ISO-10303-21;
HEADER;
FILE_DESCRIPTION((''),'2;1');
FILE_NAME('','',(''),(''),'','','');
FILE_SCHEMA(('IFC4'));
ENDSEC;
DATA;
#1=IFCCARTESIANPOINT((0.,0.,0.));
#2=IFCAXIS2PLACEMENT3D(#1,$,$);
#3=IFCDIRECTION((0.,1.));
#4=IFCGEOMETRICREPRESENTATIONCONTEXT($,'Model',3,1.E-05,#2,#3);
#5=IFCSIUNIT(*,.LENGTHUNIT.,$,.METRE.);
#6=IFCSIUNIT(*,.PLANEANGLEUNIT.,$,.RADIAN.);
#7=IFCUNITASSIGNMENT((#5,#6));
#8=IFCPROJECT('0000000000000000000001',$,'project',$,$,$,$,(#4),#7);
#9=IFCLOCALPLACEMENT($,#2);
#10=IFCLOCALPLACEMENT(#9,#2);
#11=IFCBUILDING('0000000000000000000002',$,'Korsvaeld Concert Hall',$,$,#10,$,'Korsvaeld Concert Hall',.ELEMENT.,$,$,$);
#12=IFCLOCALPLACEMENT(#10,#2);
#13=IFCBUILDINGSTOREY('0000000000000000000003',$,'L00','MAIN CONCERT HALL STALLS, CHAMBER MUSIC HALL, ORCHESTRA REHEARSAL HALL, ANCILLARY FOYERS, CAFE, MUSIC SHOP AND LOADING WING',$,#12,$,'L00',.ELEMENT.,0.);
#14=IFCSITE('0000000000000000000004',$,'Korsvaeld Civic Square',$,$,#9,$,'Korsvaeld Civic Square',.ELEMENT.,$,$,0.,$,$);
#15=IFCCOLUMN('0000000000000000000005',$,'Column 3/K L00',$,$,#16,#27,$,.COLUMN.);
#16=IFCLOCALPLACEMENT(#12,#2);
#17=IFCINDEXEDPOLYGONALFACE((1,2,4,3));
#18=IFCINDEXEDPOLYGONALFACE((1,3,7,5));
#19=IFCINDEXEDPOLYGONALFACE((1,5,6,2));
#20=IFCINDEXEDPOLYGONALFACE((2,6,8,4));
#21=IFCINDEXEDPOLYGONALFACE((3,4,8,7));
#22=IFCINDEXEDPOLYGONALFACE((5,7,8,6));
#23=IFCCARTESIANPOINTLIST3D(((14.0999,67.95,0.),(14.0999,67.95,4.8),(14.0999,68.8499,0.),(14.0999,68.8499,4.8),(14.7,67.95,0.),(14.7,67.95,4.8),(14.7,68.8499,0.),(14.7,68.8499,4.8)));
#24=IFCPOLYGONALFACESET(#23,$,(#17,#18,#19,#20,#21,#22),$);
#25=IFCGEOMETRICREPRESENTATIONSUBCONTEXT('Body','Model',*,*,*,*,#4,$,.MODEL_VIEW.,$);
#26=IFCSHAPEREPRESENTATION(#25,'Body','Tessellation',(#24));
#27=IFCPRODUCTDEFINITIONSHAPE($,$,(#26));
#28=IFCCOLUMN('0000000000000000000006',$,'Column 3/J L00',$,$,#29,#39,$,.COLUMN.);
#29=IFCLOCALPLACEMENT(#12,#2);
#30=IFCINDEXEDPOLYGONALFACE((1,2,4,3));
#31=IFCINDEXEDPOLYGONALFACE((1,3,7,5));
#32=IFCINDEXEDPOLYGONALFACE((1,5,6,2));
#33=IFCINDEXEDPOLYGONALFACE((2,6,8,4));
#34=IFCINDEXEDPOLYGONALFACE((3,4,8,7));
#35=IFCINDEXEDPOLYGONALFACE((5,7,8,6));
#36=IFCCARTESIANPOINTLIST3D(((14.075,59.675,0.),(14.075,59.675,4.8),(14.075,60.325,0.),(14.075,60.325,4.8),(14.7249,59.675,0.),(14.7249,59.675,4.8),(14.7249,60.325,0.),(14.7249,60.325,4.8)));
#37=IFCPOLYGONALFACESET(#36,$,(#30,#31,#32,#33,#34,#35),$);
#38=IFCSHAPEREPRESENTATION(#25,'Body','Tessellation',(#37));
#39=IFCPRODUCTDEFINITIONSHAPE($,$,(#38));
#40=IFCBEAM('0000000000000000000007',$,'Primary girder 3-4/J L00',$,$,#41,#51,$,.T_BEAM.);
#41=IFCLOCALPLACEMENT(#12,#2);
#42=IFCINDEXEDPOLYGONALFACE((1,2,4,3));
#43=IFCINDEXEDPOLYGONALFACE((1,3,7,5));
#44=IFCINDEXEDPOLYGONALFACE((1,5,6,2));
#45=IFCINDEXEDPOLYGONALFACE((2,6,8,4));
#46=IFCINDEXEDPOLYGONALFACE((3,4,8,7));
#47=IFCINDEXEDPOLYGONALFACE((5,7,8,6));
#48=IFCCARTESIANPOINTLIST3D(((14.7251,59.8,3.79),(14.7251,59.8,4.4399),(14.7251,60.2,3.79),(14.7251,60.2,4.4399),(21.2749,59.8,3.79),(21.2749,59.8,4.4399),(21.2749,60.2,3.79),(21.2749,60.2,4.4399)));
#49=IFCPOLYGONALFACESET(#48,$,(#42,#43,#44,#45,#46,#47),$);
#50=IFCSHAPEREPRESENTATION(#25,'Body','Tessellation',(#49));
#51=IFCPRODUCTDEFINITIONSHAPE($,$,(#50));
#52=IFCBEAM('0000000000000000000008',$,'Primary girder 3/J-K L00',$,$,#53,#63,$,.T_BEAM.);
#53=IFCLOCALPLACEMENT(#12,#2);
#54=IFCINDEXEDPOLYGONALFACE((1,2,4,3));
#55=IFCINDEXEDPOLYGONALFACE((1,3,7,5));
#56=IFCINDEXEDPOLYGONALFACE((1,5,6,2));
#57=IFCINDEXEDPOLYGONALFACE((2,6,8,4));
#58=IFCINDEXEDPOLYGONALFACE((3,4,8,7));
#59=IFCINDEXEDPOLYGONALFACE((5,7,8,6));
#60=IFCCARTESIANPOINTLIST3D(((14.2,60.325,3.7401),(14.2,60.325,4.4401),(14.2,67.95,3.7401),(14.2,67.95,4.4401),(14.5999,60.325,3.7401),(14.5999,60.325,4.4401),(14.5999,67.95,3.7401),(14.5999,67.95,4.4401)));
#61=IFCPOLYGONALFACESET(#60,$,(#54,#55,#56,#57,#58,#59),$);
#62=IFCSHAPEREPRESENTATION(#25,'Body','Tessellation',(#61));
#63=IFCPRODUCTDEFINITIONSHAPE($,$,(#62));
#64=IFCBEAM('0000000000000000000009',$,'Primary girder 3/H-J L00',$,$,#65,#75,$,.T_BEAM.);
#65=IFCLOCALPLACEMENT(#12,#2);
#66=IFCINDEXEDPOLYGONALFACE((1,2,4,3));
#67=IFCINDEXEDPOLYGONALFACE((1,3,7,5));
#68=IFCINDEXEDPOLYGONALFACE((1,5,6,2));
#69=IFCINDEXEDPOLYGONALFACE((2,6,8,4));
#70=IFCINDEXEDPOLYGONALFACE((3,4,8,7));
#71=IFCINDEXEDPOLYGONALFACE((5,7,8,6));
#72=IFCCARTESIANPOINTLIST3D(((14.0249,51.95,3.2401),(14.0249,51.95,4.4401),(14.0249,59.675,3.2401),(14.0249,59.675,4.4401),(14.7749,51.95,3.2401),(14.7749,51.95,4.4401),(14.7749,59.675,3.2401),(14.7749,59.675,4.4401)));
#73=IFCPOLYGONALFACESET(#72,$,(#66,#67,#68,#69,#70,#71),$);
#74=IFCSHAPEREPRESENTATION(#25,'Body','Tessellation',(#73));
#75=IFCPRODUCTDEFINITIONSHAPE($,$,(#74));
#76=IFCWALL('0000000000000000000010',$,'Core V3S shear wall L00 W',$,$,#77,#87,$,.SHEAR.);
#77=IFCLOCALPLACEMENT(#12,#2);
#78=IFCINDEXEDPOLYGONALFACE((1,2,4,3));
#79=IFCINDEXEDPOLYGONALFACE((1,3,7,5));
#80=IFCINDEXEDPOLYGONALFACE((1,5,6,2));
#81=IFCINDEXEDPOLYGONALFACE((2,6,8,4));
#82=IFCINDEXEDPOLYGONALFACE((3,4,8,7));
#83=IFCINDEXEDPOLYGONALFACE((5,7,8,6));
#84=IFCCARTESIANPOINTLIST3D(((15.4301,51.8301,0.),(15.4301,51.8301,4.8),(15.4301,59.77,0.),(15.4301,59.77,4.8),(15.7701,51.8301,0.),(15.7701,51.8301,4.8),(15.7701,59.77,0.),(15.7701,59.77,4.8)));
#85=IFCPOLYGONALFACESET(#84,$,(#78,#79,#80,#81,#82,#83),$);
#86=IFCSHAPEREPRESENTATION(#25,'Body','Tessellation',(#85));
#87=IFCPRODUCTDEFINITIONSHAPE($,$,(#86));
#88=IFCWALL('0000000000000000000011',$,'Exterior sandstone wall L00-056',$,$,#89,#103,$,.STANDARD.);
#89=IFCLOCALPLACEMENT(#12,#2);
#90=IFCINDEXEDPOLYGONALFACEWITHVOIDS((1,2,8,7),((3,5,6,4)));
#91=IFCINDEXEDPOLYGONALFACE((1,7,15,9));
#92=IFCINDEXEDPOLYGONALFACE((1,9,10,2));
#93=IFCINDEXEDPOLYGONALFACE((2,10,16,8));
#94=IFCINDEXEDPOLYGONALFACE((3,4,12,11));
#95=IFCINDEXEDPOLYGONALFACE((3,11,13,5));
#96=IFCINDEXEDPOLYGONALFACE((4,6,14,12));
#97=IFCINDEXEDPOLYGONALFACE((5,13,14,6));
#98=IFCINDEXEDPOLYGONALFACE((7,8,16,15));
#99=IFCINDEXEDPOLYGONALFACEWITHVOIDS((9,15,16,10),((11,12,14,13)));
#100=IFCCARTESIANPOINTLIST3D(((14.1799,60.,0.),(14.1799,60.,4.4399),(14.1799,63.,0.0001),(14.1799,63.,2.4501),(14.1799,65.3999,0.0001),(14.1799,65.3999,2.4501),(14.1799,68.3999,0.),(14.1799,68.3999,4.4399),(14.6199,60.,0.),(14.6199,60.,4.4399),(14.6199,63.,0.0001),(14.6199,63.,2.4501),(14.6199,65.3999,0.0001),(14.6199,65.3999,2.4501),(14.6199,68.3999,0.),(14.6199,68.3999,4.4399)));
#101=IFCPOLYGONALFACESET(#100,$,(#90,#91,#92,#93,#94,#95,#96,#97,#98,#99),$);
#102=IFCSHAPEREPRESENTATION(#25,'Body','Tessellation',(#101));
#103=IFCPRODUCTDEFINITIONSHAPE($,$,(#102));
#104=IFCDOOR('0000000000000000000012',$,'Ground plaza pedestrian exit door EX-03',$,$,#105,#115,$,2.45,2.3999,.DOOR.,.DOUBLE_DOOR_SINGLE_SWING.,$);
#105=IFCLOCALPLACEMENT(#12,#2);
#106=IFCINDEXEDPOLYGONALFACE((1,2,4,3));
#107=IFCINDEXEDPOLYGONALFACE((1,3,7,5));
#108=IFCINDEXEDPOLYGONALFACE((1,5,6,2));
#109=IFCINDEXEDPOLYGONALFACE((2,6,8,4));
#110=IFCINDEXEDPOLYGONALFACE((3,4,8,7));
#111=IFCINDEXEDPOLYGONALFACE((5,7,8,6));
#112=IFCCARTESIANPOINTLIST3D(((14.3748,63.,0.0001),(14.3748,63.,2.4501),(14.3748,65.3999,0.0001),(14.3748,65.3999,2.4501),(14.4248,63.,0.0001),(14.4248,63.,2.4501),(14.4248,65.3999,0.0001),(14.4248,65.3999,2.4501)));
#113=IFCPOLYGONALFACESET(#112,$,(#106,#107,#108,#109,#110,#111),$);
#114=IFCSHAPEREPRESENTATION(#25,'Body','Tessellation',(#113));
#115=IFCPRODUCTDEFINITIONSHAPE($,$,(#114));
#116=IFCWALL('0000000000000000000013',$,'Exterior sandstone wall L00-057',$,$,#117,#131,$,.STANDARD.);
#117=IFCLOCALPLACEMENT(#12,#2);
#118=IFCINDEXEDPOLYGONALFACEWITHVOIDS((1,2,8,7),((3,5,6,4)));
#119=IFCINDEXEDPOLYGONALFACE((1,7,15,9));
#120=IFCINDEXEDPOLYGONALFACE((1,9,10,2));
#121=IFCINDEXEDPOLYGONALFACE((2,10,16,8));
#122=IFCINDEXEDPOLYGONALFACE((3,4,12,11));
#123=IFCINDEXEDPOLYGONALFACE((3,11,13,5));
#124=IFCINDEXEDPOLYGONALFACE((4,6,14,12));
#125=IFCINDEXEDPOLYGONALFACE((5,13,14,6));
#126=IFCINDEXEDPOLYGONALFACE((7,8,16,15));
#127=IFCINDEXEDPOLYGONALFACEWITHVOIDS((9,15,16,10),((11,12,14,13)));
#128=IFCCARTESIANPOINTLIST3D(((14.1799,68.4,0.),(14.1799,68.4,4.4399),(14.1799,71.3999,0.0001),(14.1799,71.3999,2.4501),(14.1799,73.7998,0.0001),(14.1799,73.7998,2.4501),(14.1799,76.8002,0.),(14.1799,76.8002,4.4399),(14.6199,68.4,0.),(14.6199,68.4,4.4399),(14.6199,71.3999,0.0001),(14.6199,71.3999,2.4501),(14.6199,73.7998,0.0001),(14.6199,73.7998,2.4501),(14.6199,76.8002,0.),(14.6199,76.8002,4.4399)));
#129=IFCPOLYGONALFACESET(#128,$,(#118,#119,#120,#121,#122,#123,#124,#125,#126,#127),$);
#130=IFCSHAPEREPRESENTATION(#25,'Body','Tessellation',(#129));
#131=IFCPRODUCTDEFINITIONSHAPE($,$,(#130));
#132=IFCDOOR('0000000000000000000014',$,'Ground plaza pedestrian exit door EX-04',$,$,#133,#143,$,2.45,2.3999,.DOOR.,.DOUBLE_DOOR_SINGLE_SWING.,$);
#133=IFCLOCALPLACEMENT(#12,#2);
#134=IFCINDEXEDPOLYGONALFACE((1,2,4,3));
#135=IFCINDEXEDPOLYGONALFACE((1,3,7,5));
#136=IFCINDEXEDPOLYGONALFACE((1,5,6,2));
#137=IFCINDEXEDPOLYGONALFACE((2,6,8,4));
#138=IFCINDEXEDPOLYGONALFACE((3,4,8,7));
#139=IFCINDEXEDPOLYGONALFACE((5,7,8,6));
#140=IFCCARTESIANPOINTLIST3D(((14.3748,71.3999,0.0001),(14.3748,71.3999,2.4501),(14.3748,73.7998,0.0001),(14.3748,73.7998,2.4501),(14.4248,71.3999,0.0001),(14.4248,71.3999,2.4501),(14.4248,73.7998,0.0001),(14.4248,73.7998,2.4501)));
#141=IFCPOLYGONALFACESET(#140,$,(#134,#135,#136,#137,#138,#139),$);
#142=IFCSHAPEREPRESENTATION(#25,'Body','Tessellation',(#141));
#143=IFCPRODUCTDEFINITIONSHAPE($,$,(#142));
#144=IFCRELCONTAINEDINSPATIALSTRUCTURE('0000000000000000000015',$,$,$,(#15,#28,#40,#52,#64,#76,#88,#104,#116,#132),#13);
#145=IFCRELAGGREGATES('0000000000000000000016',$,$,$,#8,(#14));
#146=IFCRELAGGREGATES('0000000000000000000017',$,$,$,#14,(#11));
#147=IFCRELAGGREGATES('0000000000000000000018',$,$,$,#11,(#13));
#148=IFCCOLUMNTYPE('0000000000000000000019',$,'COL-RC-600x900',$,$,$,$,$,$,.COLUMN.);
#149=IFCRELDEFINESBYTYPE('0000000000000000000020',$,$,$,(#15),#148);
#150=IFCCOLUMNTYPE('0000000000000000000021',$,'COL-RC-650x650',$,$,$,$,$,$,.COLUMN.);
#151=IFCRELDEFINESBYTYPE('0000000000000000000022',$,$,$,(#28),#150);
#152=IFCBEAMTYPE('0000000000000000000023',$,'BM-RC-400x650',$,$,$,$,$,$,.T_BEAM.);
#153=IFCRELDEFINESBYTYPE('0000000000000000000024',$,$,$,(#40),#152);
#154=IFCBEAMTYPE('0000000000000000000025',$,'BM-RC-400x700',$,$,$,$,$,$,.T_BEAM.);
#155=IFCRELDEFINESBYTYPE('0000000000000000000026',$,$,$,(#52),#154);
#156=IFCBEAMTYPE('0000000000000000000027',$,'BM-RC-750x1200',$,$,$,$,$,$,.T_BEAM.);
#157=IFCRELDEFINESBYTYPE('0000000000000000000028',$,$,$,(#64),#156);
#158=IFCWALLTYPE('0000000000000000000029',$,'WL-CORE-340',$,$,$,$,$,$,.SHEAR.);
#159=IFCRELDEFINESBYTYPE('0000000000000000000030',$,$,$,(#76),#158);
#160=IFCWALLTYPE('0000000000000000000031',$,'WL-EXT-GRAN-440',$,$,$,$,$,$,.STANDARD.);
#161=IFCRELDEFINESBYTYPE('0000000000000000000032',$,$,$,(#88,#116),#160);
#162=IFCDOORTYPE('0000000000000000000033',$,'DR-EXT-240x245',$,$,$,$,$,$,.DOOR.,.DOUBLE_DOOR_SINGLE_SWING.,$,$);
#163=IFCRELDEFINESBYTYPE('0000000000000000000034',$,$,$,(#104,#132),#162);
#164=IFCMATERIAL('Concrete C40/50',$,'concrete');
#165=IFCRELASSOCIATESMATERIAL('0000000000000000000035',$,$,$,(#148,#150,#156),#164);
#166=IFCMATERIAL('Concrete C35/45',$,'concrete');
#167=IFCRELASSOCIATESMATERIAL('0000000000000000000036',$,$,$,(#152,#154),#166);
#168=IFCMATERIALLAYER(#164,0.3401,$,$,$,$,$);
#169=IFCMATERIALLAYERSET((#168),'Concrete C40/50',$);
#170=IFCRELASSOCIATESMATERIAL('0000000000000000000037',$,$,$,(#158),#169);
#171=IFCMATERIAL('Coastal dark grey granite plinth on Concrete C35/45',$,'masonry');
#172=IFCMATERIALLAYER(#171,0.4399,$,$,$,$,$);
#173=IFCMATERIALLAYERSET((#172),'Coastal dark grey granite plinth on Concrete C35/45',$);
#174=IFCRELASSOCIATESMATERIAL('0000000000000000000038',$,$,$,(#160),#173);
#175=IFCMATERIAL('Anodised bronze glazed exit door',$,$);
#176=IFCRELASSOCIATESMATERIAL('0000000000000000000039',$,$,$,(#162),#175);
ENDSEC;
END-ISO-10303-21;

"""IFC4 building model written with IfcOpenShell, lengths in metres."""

from ifc_helpers import new_model, si_unit, direction, frame, frame_2d, origin, origin_2d, place, context, subcontext, project, spatial, rectangle, extrude, material, layer, layer_set, material_profile, profile_set, type_object, element, fill, save


model = new_model("IFC4")

# Units and contexts
model_context = context("Model", 3, precision=1e-05, world=origin(), true_north=direction((0.0, 1.0)))
body_context = subcontext(model_context, "Body", "Model", "MODEL_VIEW")
ifc_project = project(units=[si_unit("LENGTHUNIT", "METRE"), si_unit("PLANEANGLEUNIT", "RADIAN")], contexts=[model_context])

# Site, building, storey
site_placement = place(None, origin())
site = spatial("IfcSite", under=ifc_project, at=site_placement, Name="Korsvaeld Civic Square", LongName="Korsvaeld Civic Square", CompositionType="ELEMENT", RefElevation=0.0)
building_placement = place(site_placement, origin())
building = spatial("IfcBuilding", under=site, at=building_placement, Name="Korsvaeld Concert Hall", LongName="Korsvaeld Concert Hall", CompositionType="ELEMENT")
storey_placement = place(building_placement, origin())
storey = spatial("IfcBuildingStorey", under=building, at=storey_placement, Name="L00", Description="MAIN CONCERT HALL STALLS, CHAMBER MUSIC HALL, ORCHESTRA REHEARSAL HALL, ANCILLARY FOYERS, CAFE, MUSIC SHOP AND LOADING WING", LongName="L00", CompositionType="ELEMENT", Elevation=0.0)

# Columns
ifc_material_1 = material(Name="Concrete C40/50", Category="concrete")
ifc_material_profile_1 = material_profile(ifc_material_1, rectangle(XDim=0.6001, YDim=0.8999, at=origin_2d()), Name="RC 600x900")
ifc_profile_set_1 = profile_set([ifc_material_profile_1], Name="Concrete C40/50")
column_type_1 = type_object("IfcColumnType", Name="COL-RC-600x900", PredefinedType="COLUMN", material=ifc_profile_set_1)
column_1_placement = place(storey_placement, frame((14.3999, 68.3999, 0.0), z_axis=(0.0, 0.0, 1.0), x_axis=(1.0, 0.0, 0.0)))
element("IfcColumn", 1, at=column_1_placement, inside=storey, type_object=column_type_1, Name="Column 3/K L00", PredefinedType="COLUMN", context=body_context, shape_type="SweptSolid", body=[
    extrude(rectangle(XDim=0.6001, YDim=0.8999, at=origin_2d()), origin(), (0.0, 0.0, 1.0), 4.8),
])
ifc_material_profile_2 = material_profile(ifc_material_1, rectangle(XDim=0.6499, YDim=0.6499, at=origin_2d()), Name="RC 650x650")
ifc_profile_set_2 = profile_set([ifc_material_profile_2], Name="Concrete C40/50")
column_type_2 = type_object("IfcColumnType", Name="COL-RC-650x650", PredefinedType="COLUMN", material=ifc_profile_set_2)
column_2_placement = place(storey_placement, frame((14.3999, 60.0, 0.0), z_axis=(0.0, 0.0, 1.0), x_axis=(1.0, 0.0, 0.0)))
element("IfcColumn", 2, at=column_2_placement, inside=storey, type_object=column_type_2, Name="Column 3/J L00", PredefinedType="COLUMN", context=body_context, shape_type="SweptSolid", body=[
    extrude(rectangle(XDim=0.6499, YDim=0.6499, at=origin_2d()), origin(), (0.0, 0.0, 1.0), 4.8),
])

# Beams
ifc_material_2 = material(Name="Concrete C35/45", Category="concrete")
ifc_material_profile_3 = material_profile(ifc_material_2, rectangle(XDim=0.3999, YDim=0.6499, at=origin_2d()), Name="RC 400x650")
ifc_profile_set_3 = profile_set([ifc_material_profile_3], Name="Concrete C35/45")
beam_type_1 = type_object("IfcBeamType", Name="BM-RC-400x650", PredefinedType="T_BEAM", material=ifc_profile_set_3)
beam_1_placement = place(storey_placement, frame((14.7251, 60.0, 4.115), z_axis=(1.0, 0.0, 0.0), x_axis=(0.0, 1.0, 0.0)))
element("IfcBeam", 3, at=beam_1_placement, inside=storey, type_object=beam_type_1, Name="Primary girder 3-4/J L00", PredefinedType="T_BEAM", context=body_context, shape_type="SweptSolid", body=[
    extrude(rectangle(XDim=0.3999, YDim=0.6499, at=origin_2d()), origin(), (0.0, 0.0, 1.0), 6.5498),
])
ifc_material_profile_4 = material_profile(ifc_material_2, rectangle(XDim=0.3999, YDim=0.7, at=origin_2d()), Name="RC 400x700")
ifc_profile_set_4 = profile_set([ifc_material_profile_4], Name="Concrete C35/45")
beam_type_2 = type_object("IfcBeamType", Name="BM-RC-400x700", PredefinedType="T_BEAM", material=ifc_profile_set_4)
beam_2_placement = place(storey_placement, frame((14.3999, 60.325, 4.0901), z_axis=(0.0, 1.0, 0.0), x_axis=(-1.0, 0.0, 0.0)))
element("IfcBeam", 4, at=beam_2_placement, inside=storey, type_object=beam_type_2, Name="Primary girder 3/J-K L00", PredefinedType="T_BEAM", context=body_context, shape_type="SweptSolid", body=[
    extrude(rectangle(XDim=0.3999, YDim=0.7, at=origin_2d()), origin(), (0.0, 0.0, 1.0), 7.625),
])
ifc_material_profile_5 = material_profile(ifc_material_1, rectangle(XDim=0.75, YDim=1.2, at=origin_2d()), Name="RC 750x1200")
ifc_profile_set_5 = profile_set([ifc_material_profile_5], Name="Concrete C40/50")
beam_type_3 = type_object("IfcBeamType", Name="BM-RC-750x1200", PredefinedType="T_BEAM", material=ifc_profile_set_5)
beam_3_placement = place(storey_placement, frame((14.3999, 51.95, 3.8401), z_axis=(0.0, 1.0, 0.0), x_axis=(-1.0, 0.0, 0.0)))
element("IfcBeam", 5, at=beam_3_placement, inside=storey, type_object=beam_type_3, Name="Primary girder 3/H-J L00", PredefinedType="T_BEAM", context=body_context, shape_type="SweptSolid", body=[
    extrude(rectangle(XDim=0.75, YDim=1.2, at=origin_2d()), origin(), (0.0, 0.0, 1.0), 7.7251),
])

# Shared definitions
ifc_layer_1 = layer(ifc_material_1, 0.3401)
ifc_layer_set_1 = layer_set([ifc_layer_1], Name="Concrete C40/50")
wall_type_1 = type_object("IfcWallType", Name="WL-CORE-340", PredefinedType="SHEAR", material=ifc_layer_set_1)

# Wall
wall_1_placement = place(storey_placement, frame((15.6001, 59.77, 0.0), z_axis=(0.0, 0.0, 1.0), x_axis=(0.0, -1.0, 0.0)))
element("IfcWall", 6, at=wall_1_placement, inside=storey, type_object=wall_type_1, Name="Core V3S shear wall L00 W", PredefinedType="SHEAR", context=body_context, shape_type="SweptSolid", body=[
    extrude(rectangle(XDim=7.9399, YDim=0.3401, at=frame_2d((3.97, 0.0))), origin(), (0.0, 0.0, 1.0), 4.8),
])

# Walls, openings, doors
ifc_material_3 = material(Name="Coastal dark grey granite plinth on Concrete C35/45", Category="masonry")
ifc_layer_2 = layer(ifc_material_3, 0.4399)
ifc_layer_set_2 = layer_set([ifc_layer_2], Name="Coastal dark grey granite plinth on Concrete C35/45")
wall_type_2 = type_object("IfcWallType", Name="WL-EXT-GRAN-440", PredefinedType="STANDARD", material=ifc_layer_set_2)
wall_2_placement = place(storey_placement, frame((14.3999, 60.0, 0.0), z_axis=(0.0, 0.0, 1.0), x_axis=(0.0, 1.0, 0.0)))
wall_2 = element("IfcWall", 7, at=wall_2_placement, inside=storey, type_object=wall_type_2, Name="Exterior sandstone wall L00-056", PredefinedType="STANDARD", context=body_context, shape_type="SweptSolid", body=[
    extrude(rectangle(XDim=8.3999, YDim=0.4399, at=frame_2d((4.2, 0.0))), origin(), (0.0, 0.0, 1.0), 4.4399),
])
opening_1_placement = place(wall_2_placement, frame((3.0, 0.0, 0.0)))
opening_1 = element("IfcOpeningElement", 8, at=opening_1_placement, cuts=wall_2, PredefinedType="OPENING", context=body_context, shape_type="SweptSolid", body=[
    extrude(rectangle(XDim=2.3999, YDim=2.45, at=frame_2d((1.2, 1.2251))), frame((0.0, 0.23, 0.0), z_axis=(0.0, -1.0, 0.0), x_axis=(1.0, 0.0, 0.0)), (0.0, 0.0, 1.0), 0.46),
])
ifc_material_4 = material(Name="Anodised bronze glazed exit door")
door_type_1 = type_object("IfcDoorType", Name="DR-EXT-240x245", OperationType="DOUBLE_DOOR_SINGLE_SWING", PredefinedType="DOOR", material=ifc_material_4)
door_1_placement = place(opening_1_placement, frame((2.3999, 0.0, 0.0), z_axis=(0.0, 0.0, 1.0), x_axis=(-1.0, 0.0, 0.0)))
door_1 = element("IfcDoor", 9, at=door_1_placement, inside=storey, type_object=door_type_1, Name="Ground plaza pedestrian exit door EX-03", OperationType="DOUBLE_DOOR_SINGLE_SWING", OverallHeight=2.45, OverallWidth=2.3999, PredefinedType="DOOR", context=body_context, shape_type="SweptSolid", body=[
    extrude(rectangle(XDim=2.3999, YDim=2.45, at=frame_2d((1.2, 1.2251))), frame((0.0, 0.0249, 0.0), z_axis=(0.0, -1.0, 0.0), x_axis=(1.0, 0.0, 0.0)), (0.0, 0.0, 1.0), 0.05),
])
fill(opening_1, door_1)
wall_3_placement = place(storey_placement, frame((14.3999, 68.3999, 0.0), z_axis=(0.0, 0.0, 1.0), x_axis=(0.0, 1.0, 0.0)))
wall_3 = element("IfcWall", 10, at=wall_3_placement, inside=storey, type_object=wall_type_2, Name="Exterior sandstone wall L00-057", PredefinedType="STANDARD", context=body_context, shape_type="SweptSolid", body=[
    extrude(rectangle(XDim=8.4001, YDim=0.4399, at=frame_2d((4.2002, 0.0))), origin(), (0.0, 0.0, 1.0), 4.4399),
])
opening_2_placement = place(wall_3_placement, frame((3.0, 0.0, 0.0)))
opening_2 = element("IfcOpeningElement", 11, at=opening_2_placement, cuts=wall_3, PredefinedType="OPENING", context=body_context, shape_type="SweptSolid", body=[
    extrude(rectangle(XDim=2.3999, YDim=2.45, at=frame_2d((1.2, 1.2251))), frame((0.0, 0.23, 0.0), z_axis=(0.0, -1.0, 0.0), x_axis=(1.0, 0.0, 0.0)), (0.0, 0.0, 1.0), 0.46),
])
door_2_placement = place(opening_2_placement, frame((2.3999, 0.0, 0.0), z_axis=(0.0, 0.0, 1.0), x_axis=(-1.0, 0.0, 0.0)))
door_2 = element("IfcDoor", 12, at=door_2_placement, inside=storey, type_object=door_type_1, Name="Ground plaza pedestrian exit door EX-04", OperationType="DOUBLE_DOOR_SINGLE_SWING", OverallHeight=2.45, OverallWidth=2.3999, PredefinedType="DOOR", context=body_context, shape_type="SweptSolid", body=[
    extrude(rectangle(XDim=2.3999, YDim=2.45, at=frame_2d((1.2, 1.2251))), frame((0.0, 0.0249, 0.0), z_axis=(0.0, -1.0, 0.0), x_axis=(1.0, 0.0, 0.0)), (0.0, 0.0, 1.0), 0.05),
])
fill(opening_2, door_2)

save(model, "model.ifc")
